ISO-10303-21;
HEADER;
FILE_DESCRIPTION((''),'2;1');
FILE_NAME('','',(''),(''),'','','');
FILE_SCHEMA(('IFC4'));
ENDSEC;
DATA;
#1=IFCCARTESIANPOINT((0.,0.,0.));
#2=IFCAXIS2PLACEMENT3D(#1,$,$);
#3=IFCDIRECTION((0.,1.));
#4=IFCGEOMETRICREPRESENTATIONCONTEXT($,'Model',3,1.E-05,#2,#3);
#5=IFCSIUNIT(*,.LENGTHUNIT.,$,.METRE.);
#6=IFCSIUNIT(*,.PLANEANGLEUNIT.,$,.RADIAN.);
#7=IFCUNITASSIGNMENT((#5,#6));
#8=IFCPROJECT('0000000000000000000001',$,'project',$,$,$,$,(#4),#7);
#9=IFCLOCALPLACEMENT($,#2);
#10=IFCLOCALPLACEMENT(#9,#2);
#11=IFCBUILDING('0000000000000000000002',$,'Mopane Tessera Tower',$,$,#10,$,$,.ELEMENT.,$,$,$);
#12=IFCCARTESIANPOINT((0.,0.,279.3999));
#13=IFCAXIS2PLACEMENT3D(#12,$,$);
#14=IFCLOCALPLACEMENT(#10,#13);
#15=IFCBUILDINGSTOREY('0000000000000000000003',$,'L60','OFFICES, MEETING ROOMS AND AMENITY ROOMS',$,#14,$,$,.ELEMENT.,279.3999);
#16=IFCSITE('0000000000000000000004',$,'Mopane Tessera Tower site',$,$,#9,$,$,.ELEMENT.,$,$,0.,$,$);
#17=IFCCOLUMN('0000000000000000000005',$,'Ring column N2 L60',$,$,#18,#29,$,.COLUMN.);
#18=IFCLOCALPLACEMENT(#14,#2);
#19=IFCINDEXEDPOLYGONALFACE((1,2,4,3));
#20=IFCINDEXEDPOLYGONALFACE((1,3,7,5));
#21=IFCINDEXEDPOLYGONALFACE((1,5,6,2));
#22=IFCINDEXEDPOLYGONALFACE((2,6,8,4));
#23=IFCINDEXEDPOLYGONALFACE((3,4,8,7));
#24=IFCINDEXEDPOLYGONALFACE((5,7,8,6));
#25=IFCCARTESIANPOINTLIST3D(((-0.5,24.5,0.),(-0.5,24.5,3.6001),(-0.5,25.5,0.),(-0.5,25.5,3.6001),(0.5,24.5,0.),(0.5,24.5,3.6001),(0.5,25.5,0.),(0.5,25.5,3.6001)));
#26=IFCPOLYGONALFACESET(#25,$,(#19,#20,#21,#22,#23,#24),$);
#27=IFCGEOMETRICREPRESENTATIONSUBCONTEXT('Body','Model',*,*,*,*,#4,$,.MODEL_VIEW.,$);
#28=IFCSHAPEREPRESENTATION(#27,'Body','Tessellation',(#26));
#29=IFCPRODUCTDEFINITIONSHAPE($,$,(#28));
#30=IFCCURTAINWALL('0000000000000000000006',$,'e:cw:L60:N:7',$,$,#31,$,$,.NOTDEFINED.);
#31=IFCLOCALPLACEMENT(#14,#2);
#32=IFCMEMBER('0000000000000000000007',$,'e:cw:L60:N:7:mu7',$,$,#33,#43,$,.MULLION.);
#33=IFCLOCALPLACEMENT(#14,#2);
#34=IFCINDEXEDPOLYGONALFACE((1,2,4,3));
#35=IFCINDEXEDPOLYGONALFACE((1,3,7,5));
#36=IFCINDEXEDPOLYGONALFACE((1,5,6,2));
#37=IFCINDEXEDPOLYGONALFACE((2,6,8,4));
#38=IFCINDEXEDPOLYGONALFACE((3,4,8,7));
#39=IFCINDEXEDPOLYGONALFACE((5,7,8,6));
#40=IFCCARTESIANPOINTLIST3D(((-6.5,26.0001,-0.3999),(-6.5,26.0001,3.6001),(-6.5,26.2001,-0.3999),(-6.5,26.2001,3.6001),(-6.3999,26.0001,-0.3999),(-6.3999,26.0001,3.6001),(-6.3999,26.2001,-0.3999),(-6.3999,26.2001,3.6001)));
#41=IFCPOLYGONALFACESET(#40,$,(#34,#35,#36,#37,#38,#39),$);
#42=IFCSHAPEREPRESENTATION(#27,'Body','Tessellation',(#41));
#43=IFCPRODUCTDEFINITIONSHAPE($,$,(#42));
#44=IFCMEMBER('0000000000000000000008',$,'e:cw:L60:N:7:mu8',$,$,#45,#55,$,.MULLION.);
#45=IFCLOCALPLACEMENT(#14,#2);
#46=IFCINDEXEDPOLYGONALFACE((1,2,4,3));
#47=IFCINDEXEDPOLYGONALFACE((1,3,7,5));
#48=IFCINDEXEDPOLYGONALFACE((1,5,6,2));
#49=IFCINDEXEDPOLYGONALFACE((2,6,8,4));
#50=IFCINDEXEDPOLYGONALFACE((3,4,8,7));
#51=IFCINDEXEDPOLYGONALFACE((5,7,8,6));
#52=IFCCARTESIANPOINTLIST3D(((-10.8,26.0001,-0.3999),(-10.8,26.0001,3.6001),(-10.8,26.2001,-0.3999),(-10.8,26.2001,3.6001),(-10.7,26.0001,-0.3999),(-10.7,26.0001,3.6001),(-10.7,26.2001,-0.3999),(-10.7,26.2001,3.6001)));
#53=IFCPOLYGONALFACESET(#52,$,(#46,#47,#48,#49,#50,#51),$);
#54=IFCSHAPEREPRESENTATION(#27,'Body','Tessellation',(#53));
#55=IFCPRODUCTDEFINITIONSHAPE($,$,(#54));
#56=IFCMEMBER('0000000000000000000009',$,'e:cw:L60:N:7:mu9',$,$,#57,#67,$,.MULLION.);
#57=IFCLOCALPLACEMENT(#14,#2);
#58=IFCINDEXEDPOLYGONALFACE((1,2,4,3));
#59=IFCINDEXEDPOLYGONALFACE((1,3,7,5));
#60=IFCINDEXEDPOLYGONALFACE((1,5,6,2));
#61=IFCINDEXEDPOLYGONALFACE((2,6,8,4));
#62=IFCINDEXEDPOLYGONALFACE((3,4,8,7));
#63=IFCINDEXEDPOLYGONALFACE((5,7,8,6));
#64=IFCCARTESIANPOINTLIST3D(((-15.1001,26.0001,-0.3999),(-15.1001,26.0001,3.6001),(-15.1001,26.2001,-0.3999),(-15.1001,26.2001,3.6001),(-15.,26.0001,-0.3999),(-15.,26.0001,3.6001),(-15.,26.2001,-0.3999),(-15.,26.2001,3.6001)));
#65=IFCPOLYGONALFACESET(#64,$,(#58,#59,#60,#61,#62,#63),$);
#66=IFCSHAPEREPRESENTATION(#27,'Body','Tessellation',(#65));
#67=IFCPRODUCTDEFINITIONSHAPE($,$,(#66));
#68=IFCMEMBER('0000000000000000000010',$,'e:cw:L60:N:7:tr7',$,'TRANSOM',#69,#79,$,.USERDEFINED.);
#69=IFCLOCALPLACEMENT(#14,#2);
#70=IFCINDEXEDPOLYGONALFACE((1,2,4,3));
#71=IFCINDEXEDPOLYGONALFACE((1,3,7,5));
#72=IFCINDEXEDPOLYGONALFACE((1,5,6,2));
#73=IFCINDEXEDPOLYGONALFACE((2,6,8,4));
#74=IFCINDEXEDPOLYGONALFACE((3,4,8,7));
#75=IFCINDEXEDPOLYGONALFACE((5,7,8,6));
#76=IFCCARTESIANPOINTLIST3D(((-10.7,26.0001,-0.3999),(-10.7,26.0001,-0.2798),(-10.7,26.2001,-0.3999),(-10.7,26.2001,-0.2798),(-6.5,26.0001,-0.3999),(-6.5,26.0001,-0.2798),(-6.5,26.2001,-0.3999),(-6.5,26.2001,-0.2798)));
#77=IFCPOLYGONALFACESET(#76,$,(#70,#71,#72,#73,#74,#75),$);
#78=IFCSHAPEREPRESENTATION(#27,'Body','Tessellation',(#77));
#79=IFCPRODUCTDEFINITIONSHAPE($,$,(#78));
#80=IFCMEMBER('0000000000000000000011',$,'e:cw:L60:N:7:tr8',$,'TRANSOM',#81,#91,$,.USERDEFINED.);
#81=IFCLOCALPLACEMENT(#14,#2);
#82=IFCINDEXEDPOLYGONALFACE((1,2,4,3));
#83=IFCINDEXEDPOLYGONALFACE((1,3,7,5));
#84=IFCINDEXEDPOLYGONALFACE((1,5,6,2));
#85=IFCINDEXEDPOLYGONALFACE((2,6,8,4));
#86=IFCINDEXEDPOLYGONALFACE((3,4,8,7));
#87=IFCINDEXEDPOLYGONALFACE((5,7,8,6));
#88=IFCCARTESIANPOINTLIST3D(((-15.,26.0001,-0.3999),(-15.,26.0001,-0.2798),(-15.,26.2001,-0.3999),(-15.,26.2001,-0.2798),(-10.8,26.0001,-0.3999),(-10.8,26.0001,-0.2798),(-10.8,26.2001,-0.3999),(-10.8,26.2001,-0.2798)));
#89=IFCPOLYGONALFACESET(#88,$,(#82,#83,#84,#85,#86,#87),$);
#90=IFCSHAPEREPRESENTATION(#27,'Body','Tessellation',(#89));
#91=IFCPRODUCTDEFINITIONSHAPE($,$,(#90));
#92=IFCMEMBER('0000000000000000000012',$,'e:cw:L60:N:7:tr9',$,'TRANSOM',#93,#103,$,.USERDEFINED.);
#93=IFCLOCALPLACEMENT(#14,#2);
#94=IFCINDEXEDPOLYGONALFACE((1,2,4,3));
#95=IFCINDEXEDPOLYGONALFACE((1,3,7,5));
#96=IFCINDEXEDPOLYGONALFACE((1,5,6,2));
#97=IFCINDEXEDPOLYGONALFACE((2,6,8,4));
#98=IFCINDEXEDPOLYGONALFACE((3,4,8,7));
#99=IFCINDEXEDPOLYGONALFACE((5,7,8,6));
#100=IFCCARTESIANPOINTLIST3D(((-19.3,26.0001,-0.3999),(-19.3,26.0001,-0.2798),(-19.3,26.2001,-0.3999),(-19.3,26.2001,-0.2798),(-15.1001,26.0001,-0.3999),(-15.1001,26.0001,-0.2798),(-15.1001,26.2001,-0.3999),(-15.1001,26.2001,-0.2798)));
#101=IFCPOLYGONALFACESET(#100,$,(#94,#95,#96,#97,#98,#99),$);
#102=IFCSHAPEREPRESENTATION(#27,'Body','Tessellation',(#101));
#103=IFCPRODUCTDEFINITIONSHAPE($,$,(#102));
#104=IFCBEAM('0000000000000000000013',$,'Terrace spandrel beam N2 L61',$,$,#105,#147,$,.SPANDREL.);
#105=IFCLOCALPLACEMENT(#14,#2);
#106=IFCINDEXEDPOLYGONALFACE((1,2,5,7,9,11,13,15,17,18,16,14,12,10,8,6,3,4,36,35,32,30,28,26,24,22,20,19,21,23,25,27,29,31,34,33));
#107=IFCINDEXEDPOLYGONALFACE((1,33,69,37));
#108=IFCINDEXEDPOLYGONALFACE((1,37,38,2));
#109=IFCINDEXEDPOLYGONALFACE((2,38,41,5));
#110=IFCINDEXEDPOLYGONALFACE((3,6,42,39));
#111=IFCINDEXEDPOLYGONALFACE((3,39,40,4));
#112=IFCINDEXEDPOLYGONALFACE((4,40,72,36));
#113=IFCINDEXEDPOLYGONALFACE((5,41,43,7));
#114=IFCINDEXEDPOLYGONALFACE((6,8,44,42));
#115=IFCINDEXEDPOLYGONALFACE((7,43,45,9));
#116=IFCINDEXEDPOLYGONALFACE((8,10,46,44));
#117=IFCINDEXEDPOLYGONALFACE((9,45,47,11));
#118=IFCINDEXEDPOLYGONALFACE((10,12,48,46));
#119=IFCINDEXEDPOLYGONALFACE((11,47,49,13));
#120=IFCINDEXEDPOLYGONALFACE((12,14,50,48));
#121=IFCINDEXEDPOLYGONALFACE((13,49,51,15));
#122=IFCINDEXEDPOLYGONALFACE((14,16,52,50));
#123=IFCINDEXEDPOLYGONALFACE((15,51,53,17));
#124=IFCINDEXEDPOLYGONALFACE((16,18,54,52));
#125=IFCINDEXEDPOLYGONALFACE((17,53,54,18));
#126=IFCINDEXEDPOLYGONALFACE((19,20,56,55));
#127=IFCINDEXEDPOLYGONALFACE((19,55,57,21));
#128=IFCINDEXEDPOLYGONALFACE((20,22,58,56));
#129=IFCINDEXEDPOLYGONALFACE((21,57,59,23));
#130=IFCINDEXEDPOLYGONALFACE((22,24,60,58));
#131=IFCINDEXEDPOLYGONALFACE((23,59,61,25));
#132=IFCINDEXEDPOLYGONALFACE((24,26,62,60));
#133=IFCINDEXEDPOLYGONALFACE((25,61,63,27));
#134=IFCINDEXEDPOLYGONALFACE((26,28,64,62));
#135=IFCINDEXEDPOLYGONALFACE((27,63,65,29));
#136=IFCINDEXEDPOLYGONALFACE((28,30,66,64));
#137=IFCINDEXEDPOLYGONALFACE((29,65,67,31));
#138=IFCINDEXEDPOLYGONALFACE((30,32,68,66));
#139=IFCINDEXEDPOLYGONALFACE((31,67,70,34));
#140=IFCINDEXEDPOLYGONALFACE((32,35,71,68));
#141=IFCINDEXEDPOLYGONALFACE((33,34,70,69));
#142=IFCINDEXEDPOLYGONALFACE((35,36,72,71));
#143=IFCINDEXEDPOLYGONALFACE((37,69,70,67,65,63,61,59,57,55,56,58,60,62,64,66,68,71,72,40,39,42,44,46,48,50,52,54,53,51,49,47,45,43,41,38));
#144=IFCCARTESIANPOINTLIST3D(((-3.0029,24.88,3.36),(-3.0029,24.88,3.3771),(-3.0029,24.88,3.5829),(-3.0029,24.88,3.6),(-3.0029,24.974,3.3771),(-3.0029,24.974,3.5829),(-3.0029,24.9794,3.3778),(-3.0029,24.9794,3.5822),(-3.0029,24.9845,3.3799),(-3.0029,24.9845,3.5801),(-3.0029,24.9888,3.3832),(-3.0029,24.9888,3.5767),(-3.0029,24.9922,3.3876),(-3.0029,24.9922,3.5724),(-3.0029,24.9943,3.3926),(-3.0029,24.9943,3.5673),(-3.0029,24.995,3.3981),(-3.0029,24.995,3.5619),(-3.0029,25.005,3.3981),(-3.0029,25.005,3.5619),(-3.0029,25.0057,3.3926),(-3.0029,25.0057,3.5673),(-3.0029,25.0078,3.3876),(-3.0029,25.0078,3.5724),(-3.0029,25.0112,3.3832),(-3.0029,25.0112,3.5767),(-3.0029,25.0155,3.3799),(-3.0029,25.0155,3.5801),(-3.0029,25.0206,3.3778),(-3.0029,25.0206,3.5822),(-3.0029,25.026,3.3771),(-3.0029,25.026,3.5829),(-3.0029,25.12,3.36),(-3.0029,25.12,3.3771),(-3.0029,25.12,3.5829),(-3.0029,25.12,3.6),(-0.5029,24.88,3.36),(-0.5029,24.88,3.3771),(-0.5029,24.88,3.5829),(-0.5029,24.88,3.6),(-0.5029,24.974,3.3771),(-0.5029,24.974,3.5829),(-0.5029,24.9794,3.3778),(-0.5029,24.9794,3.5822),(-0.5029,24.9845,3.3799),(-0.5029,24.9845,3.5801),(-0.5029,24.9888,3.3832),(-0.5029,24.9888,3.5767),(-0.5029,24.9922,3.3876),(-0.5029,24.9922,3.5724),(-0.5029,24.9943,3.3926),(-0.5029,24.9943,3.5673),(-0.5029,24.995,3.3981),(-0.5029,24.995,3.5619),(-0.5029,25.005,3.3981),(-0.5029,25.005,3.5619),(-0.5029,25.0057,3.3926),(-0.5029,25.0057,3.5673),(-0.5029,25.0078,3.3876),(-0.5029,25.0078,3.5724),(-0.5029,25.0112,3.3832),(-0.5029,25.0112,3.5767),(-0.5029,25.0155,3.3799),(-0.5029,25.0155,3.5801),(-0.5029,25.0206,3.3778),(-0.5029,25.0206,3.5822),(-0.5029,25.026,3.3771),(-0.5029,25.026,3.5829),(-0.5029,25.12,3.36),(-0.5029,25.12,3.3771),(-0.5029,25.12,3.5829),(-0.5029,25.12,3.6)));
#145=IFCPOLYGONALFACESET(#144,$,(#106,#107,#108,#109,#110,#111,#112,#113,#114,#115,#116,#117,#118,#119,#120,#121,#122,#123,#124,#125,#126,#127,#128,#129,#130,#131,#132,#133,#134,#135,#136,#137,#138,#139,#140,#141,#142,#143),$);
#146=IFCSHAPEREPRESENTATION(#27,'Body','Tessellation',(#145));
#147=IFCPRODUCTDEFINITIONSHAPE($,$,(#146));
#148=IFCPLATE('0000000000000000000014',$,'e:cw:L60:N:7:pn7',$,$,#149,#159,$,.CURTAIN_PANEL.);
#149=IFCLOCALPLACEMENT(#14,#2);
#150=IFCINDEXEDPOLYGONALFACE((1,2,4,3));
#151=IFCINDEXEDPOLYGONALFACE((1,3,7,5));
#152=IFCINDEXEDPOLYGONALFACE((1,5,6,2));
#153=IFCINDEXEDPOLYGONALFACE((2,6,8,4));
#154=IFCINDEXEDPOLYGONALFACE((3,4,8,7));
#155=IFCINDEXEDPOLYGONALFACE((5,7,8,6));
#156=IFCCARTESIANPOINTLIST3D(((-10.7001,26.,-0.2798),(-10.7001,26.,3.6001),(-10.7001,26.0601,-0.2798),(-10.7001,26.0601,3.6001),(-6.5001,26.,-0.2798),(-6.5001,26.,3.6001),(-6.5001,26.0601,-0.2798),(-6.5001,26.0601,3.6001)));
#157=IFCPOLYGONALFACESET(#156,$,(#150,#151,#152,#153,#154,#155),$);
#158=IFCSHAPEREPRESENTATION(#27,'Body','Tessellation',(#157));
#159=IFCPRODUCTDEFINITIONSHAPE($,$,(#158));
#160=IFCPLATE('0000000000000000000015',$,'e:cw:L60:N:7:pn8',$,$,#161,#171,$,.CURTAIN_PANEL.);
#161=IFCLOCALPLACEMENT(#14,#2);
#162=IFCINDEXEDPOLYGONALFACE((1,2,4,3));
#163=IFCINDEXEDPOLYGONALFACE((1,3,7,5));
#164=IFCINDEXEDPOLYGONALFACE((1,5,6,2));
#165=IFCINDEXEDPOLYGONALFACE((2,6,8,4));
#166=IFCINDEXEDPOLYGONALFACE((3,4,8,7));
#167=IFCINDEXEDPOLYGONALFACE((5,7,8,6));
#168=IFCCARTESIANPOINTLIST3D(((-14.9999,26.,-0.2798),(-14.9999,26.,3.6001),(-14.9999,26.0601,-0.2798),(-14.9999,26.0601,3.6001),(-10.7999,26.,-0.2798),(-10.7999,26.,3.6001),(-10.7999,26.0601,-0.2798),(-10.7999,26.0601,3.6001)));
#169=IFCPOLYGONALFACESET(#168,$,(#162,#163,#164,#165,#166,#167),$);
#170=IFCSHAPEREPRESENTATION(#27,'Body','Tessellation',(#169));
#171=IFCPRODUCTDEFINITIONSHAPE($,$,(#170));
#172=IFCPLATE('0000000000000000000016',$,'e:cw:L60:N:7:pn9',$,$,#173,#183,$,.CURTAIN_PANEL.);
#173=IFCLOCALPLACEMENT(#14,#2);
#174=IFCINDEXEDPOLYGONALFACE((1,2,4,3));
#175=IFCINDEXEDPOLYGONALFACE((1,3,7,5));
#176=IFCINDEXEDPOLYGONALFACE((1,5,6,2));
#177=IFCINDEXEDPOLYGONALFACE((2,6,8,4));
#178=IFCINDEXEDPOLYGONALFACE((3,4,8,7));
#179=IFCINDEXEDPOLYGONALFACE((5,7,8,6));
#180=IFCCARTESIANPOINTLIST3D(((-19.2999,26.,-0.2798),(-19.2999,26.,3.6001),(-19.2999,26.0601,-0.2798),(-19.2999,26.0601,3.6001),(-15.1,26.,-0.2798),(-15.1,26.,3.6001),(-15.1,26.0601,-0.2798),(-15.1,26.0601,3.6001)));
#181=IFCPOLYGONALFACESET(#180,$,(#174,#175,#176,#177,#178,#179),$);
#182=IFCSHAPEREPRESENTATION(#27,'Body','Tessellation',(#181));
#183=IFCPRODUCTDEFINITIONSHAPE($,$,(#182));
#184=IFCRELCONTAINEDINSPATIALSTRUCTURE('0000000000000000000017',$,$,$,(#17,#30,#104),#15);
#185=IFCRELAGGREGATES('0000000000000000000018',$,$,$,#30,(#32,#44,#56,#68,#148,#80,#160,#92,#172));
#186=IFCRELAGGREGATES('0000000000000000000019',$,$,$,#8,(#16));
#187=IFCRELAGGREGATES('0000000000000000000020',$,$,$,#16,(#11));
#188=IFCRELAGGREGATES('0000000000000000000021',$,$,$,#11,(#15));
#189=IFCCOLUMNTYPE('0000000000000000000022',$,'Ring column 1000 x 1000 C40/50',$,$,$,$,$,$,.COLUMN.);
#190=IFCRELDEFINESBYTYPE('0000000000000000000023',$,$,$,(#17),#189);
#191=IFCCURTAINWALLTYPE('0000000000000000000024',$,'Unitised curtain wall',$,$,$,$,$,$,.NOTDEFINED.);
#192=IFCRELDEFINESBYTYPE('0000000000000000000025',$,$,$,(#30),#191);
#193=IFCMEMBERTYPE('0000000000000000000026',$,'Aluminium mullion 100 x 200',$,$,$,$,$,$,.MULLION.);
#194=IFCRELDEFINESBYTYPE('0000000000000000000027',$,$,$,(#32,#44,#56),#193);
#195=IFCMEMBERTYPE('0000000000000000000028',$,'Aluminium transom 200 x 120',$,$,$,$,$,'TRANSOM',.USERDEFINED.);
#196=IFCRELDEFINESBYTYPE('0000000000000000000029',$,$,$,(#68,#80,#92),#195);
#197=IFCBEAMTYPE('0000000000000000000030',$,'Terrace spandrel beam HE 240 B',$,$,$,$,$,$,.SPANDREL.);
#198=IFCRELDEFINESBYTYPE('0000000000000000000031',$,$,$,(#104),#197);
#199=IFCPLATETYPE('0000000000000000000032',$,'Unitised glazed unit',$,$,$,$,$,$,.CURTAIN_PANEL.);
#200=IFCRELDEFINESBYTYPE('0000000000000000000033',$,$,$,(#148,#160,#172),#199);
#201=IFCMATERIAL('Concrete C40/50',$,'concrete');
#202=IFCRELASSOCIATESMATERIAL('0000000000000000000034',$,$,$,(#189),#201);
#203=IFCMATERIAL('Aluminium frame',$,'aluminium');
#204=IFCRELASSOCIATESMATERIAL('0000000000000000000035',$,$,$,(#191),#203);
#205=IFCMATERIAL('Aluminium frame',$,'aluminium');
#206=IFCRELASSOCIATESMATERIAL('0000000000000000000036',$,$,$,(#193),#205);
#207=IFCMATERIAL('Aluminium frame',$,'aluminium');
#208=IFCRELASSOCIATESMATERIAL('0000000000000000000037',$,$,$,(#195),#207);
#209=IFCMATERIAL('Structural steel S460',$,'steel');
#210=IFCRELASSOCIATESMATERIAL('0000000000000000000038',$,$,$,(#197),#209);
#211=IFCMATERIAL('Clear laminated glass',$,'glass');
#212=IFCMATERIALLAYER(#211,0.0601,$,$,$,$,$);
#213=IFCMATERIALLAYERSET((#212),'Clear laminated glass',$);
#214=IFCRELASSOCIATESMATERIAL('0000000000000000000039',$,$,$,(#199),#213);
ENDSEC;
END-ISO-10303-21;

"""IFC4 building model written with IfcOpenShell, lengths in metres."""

from ifc_helpers import new_model, si_unit, direction, frame, origin, origin_2d, place, context, subcontext, project, spatial, rectangle, i_section, extrude, material, layer, layer_set, material_profile, profile_set, type_object, element, aggregate, save


model = new_model("IFC4")

# Units and contexts
model_context = context("Model", 3, precision=1e-05, world=origin(), true_north=direction((0.0, 1.0)))
body_context = subcontext(model_context, "Body", "Model", "MODEL_VIEW")
ifc_project = project(units=[si_unit("LENGTHUNIT", "METRE"), si_unit("PLANEANGLEUNIT", "RADIAN")], contexts=[model_context])

# Site, building, storey
site_placement = place(None, origin())
site = spatial("IfcSite", under=ifc_project, at=site_placement, Name="Mopane Tessera Tower site", CompositionType="ELEMENT", RefElevation=0.0)
building_placement = place(site_placement, origin())
building = spatial("IfcBuilding", under=site, at=building_placement, Name="Mopane Tessera Tower", CompositionType="ELEMENT")
storey_placement = place(building_placement, frame((0.0, 0.0, 279.3999)))
storey = spatial("IfcBuildingStorey", under=building, at=storey_placement, Name="L60", Description="OFFICES, MEETING ROOMS AND AMENITY ROOMS", CompositionType="ELEMENT", Elevation=279.3999)

# Column
ifc_material_1 = material(Name="Concrete C40/50", Category="concrete")
ifc_material_profile_1 = material_profile(ifc_material_1, rectangle(XDim=1.0, YDim=1.0, at=origin_2d()))
ifc_profile_set_1 = profile_set([ifc_material_profile_1], Name="Concrete C40/50")
column_type = type_object("IfcColumnType", Name="Ring column 1000 x 1000 C40/50", PredefinedType="COLUMN", material=ifc_profile_set_1)
column_placement = place(storey_placement, frame((0.0, 25.0, 0.0), z_axis=(0.0, 0.0, 1.0), x_axis=(1.0, 0.0, 0.0)))
element("IfcColumn", 1, at=column_placement, inside=storey, type_object=column_type, Name="Ring column N2 L60", PredefinedType="COLUMN", context=body_context, shape_type="SweptSolid", body=[
    extrude(rectangle(XDim=1.0, YDim=1.0, at=origin_2d()), origin(), (0.0, 0.0, 1.0), 3.6001),
])

# Curtain wall, members
ifc_material_2 = material(Name="Aluminium frame", Category="aluminium")
curtain_wall_type = type_object("IfcCurtainWallType", Name="Unitised curtain wall", PredefinedType="NOTDEFINED", material=ifc_material_2)
curtain_wall_placement = place(storey_placement, origin())
curtain_wall = element("IfcCurtainWall", 2, at=curtain_wall_placement, inside=storey, type_object=curtain_wall_type, Name="e:cw:L60:N:7", PredefinedType="NOTDEFINED")
ifc_material_3 = material(Name="Aluminium frame", Category="aluminium")
ifc_material_profile_2 = material_profile(ifc_material_3, rectangle(XDim=0.1001, YDim=0.2, at=origin_2d()))
ifc_profile_set_2 = profile_set([ifc_material_profile_2], Name="Aluminium frame")
member_type_1 = type_object("IfcMemberType", Name="Aluminium mullion 100 x 200", PredefinedType="MULLION", material=ifc_profile_set_2)
member_1_placement = place(storey_placement, frame((-6.45, 26.1001, -0.3999), z_axis=(0.0, 0.0, 1.0), x_axis=(-1.0, 0.0, 0.0)))
member_1 = element("IfcMember", 3, at=member_1_placement, type_object=member_type_1, Name="e:cw:L60:N:7:mu7", PredefinedType="MULLION", context=body_context, shape_type="SweptSolid", body=[
    extrude(rectangle(XDim=0.1001, YDim=0.2, at=origin_2d()), origin(), (0.0, 0.0, 1.0), 4.0),
])
member_2_placement = place(storey_placement, frame((-10.75, 26.1001, -0.3999), z_axis=(0.0, 0.0, 1.0), x_axis=(-1.0, 0.0, 0.0)))
member_2 = element("IfcMember", 4, at=member_2_placement, type_object=member_type_1, Name="e:cw:L60:N:7:mu8", PredefinedType="MULLION", context=body_context, shape_type="SweptSolid", body=[
    extrude(rectangle(XDim=0.1001, YDim=0.2, at=origin_2d()), origin(), (0.0, 0.0, 1.0), 4.0),
])
member_3_placement = place(storey_placement, frame((-15.05, 26.1001, -0.3999), z_axis=(0.0, 0.0, 1.0), x_axis=(-1.0, 0.0, 0.0)))
member_3 = element("IfcMember", 5, at=member_3_placement, type_object=member_type_1, Name="e:cw:L60:N:7:mu9", PredefinedType="MULLION", context=body_context, shape_type="SweptSolid", body=[
    extrude(rectangle(XDim=0.1001, YDim=0.2, at=origin_2d()), origin(), (0.0, 0.0, 1.0), 4.0),
])
ifc_material_4 = material(Name="Aluminium frame", Category="aluminium")
ifc_material_profile_3 = material_profile(ifc_material_4, rectangle(XDim=0.2, YDim=0.1201, at=origin_2d()))
ifc_profile_set_3 = profile_set([ifc_material_profile_3], Name="Aluminium frame")
member_type_2 = type_object("IfcMemberType", Name="Aluminium transom 200 x 120", ElementType="TRANSOM", PredefinedType="USERDEFINED", material=ifc_profile_set_3)
member_4_placement = place(storey_placement, frame((-6.5, 26.1001, -0.3398), z_axis=(-1.0, 0.0, 0.0), x_axis=(0.0, -1.0, 0.0)))
member_4 = element("IfcMember", 6, at=member_4_placement, type_object=member_type_2, Name="e:cw:L60:N:7:tr7", ObjectType="TRANSOM", PredefinedType="USERDEFINED", context=body_context, shape_type="SweptSolid", body=[
    extrude(rectangle(XDim=0.2, YDim=0.1201, at=origin_2d()), origin(), (0.0, 0.0, 1.0), 4.2),
])
member_5_placement = place(storey_placement, frame((-10.8, 26.1001, -0.3398), z_axis=(-1.0, 0.0, 0.0), x_axis=(0.0, -1.0, 0.0)))
member_5 = element("IfcMember", 7, at=member_5_placement, type_object=member_type_2, Name="e:cw:L60:N:7:tr8", ObjectType="TRANSOM", PredefinedType="USERDEFINED", context=body_context, shape_type="SweptSolid", body=[
    extrude(rectangle(XDim=0.2, YDim=0.1201, at=origin_2d()), origin(), (0.0, 0.0, 1.0), 4.2),
])
member_6_placement = place(storey_placement, frame((-15.1001, 26.1001, -0.3398), z_axis=(-1.0, 0.0, 0.0), x_axis=(0.0, -1.0, 0.0)))
member_6 = element("IfcMember", 8, at=member_6_placement, type_object=member_type_2, Name="e:cw:L60:N:7:tr9", ObjectType="TRANSOM", PredefinedType="USERDEFINED", context=body_context, shape_type="SweptSolid", body=[
    extrude(rectangle(XDim=0.2, YDim=0.1201, at=origin_2d()), origin(), (0.0, 0.0, 1.0), 4.2),
])

# Beam
ifc_material_5 = material(Name="Structural steel S460", Category="steel")
ifc_material_profile_4 = material_profile(ifc_material_5, i_section(OverallWidth=0.24, OverallDepth=0.24, WebThickness=0.01, FlangeThickness=0.0171, FilletRadius=0.021, at=origin_2d()))
ifc_profile_set_4 = profile_set([ifc_material_profile_4], Name="Structural steel S460")
beam_type = type_object("IfcBeamType", Name="Terrace spandrel beam HE 240 B", PredefinedType="SPANDREL", material=ifc_profile_set_4)
beam_placement = place(storey_placement, frame((-0.5029, 25.0, 3.48), z_axis=(-1.0, 0.0, 0.0), x_axis=(0.0, -1.0, 0.0)))
element("IfcBeam", 9, at=beam_placement, inside=storey, type_object=beam_type, Name="Terrace spandrel beam N2 L61", PredefinedType="SPANDREL", context=body_context, shape_type="SweptSolid", body=[
    extrude(i_section(OverallWidth=0.24, OverallDepth=0.24, WebThickness=0.01, FlangeThickness=0.0171, FilletRadius=0.021, at=origin_2d()), origin(), (0.0, 0.0, 1.0), 2.5),
])

# Plates
ifc_material_6 = material(Name="Clear laminated glass", Category="glass")
ifc_layer_1 = layer(ifc_material_6, 0.0601)
ifc_layer_set_1 = layer_set([ifc_layer_1], Name="Clear laminated glass")
plate_type = type_object("IfcPlateType", Name="Unitised glazed unit", PredefinedType="CURTAIN_PANEL", material=ifc_layer_set_1)
plate_1_placement = place(storey_placement, frame((-8.6001, 26.03, -0.2798), z_axis=(0.0, 0.0, 1.0), x_axis=(-1.0, 0.0, 0.0)))
plate_1 = element("IfcPlate", 10, at=plate_1_placement, type_object=plate_type, Name="e:cw:L60:N:7:pn7", PredefinedType="CURTAIN_PANEL", context=body_context, shape_type="SweptSolid", body=[
    extrude(rectangle(XDim=4.2, YDim=0.0601, at=origin_2d()), origin(), (0.0, 0.0, 1.0), 3.8799),
])
plate_2_placement = place(storey_placement, frame((-12.8999, 26.03, -0.2798), z_axis=(0.0, 0.0, 1.0), x_axis=(-1.0, 0.0, 0.0)))
plate_2 = element("IfcPlate", 11, at=plate_2_placement, type_object=plate_type, Name="e:cw:L60:N:7:pn8", PredefinedType="CURTAIN_PANEL", context=body_context, shape_type="SweptSolid", body=[
    extrude(rectangle(XDim=4.2, YDim=0.0601, at=origin_2d()), origin(), (0.0, 0.0, 1.0), 3.8799),
])
plate_3_placement = place(storey_placement, frame((-17.2, 26.03, -0.2798), z_axis=(0.0, 0.0, 1.0), x_axis=(-1.0, 0.0, 0.0)))
plate_3 = element("IfcPlate", 12, at=plate_3_placement, type_object=plate_type, Name="e:cw:L60:N:7:pn9", PredefinedType="CURTAIN_PANEL", context=body_context, shape_type="SweptSolid", body=[
    extrude(rectangle(XDim=4.2, YDim=0.0601, at=origin_2d()), origin(), (0.0, 0.0, 1.0), 3.8799),
])
aggregate(curtain_wall, [member_1, member_2, member_3, member_4, plate_1, member_5, plate_2, member_6, plate_3])

save(model, "model.ifc")
